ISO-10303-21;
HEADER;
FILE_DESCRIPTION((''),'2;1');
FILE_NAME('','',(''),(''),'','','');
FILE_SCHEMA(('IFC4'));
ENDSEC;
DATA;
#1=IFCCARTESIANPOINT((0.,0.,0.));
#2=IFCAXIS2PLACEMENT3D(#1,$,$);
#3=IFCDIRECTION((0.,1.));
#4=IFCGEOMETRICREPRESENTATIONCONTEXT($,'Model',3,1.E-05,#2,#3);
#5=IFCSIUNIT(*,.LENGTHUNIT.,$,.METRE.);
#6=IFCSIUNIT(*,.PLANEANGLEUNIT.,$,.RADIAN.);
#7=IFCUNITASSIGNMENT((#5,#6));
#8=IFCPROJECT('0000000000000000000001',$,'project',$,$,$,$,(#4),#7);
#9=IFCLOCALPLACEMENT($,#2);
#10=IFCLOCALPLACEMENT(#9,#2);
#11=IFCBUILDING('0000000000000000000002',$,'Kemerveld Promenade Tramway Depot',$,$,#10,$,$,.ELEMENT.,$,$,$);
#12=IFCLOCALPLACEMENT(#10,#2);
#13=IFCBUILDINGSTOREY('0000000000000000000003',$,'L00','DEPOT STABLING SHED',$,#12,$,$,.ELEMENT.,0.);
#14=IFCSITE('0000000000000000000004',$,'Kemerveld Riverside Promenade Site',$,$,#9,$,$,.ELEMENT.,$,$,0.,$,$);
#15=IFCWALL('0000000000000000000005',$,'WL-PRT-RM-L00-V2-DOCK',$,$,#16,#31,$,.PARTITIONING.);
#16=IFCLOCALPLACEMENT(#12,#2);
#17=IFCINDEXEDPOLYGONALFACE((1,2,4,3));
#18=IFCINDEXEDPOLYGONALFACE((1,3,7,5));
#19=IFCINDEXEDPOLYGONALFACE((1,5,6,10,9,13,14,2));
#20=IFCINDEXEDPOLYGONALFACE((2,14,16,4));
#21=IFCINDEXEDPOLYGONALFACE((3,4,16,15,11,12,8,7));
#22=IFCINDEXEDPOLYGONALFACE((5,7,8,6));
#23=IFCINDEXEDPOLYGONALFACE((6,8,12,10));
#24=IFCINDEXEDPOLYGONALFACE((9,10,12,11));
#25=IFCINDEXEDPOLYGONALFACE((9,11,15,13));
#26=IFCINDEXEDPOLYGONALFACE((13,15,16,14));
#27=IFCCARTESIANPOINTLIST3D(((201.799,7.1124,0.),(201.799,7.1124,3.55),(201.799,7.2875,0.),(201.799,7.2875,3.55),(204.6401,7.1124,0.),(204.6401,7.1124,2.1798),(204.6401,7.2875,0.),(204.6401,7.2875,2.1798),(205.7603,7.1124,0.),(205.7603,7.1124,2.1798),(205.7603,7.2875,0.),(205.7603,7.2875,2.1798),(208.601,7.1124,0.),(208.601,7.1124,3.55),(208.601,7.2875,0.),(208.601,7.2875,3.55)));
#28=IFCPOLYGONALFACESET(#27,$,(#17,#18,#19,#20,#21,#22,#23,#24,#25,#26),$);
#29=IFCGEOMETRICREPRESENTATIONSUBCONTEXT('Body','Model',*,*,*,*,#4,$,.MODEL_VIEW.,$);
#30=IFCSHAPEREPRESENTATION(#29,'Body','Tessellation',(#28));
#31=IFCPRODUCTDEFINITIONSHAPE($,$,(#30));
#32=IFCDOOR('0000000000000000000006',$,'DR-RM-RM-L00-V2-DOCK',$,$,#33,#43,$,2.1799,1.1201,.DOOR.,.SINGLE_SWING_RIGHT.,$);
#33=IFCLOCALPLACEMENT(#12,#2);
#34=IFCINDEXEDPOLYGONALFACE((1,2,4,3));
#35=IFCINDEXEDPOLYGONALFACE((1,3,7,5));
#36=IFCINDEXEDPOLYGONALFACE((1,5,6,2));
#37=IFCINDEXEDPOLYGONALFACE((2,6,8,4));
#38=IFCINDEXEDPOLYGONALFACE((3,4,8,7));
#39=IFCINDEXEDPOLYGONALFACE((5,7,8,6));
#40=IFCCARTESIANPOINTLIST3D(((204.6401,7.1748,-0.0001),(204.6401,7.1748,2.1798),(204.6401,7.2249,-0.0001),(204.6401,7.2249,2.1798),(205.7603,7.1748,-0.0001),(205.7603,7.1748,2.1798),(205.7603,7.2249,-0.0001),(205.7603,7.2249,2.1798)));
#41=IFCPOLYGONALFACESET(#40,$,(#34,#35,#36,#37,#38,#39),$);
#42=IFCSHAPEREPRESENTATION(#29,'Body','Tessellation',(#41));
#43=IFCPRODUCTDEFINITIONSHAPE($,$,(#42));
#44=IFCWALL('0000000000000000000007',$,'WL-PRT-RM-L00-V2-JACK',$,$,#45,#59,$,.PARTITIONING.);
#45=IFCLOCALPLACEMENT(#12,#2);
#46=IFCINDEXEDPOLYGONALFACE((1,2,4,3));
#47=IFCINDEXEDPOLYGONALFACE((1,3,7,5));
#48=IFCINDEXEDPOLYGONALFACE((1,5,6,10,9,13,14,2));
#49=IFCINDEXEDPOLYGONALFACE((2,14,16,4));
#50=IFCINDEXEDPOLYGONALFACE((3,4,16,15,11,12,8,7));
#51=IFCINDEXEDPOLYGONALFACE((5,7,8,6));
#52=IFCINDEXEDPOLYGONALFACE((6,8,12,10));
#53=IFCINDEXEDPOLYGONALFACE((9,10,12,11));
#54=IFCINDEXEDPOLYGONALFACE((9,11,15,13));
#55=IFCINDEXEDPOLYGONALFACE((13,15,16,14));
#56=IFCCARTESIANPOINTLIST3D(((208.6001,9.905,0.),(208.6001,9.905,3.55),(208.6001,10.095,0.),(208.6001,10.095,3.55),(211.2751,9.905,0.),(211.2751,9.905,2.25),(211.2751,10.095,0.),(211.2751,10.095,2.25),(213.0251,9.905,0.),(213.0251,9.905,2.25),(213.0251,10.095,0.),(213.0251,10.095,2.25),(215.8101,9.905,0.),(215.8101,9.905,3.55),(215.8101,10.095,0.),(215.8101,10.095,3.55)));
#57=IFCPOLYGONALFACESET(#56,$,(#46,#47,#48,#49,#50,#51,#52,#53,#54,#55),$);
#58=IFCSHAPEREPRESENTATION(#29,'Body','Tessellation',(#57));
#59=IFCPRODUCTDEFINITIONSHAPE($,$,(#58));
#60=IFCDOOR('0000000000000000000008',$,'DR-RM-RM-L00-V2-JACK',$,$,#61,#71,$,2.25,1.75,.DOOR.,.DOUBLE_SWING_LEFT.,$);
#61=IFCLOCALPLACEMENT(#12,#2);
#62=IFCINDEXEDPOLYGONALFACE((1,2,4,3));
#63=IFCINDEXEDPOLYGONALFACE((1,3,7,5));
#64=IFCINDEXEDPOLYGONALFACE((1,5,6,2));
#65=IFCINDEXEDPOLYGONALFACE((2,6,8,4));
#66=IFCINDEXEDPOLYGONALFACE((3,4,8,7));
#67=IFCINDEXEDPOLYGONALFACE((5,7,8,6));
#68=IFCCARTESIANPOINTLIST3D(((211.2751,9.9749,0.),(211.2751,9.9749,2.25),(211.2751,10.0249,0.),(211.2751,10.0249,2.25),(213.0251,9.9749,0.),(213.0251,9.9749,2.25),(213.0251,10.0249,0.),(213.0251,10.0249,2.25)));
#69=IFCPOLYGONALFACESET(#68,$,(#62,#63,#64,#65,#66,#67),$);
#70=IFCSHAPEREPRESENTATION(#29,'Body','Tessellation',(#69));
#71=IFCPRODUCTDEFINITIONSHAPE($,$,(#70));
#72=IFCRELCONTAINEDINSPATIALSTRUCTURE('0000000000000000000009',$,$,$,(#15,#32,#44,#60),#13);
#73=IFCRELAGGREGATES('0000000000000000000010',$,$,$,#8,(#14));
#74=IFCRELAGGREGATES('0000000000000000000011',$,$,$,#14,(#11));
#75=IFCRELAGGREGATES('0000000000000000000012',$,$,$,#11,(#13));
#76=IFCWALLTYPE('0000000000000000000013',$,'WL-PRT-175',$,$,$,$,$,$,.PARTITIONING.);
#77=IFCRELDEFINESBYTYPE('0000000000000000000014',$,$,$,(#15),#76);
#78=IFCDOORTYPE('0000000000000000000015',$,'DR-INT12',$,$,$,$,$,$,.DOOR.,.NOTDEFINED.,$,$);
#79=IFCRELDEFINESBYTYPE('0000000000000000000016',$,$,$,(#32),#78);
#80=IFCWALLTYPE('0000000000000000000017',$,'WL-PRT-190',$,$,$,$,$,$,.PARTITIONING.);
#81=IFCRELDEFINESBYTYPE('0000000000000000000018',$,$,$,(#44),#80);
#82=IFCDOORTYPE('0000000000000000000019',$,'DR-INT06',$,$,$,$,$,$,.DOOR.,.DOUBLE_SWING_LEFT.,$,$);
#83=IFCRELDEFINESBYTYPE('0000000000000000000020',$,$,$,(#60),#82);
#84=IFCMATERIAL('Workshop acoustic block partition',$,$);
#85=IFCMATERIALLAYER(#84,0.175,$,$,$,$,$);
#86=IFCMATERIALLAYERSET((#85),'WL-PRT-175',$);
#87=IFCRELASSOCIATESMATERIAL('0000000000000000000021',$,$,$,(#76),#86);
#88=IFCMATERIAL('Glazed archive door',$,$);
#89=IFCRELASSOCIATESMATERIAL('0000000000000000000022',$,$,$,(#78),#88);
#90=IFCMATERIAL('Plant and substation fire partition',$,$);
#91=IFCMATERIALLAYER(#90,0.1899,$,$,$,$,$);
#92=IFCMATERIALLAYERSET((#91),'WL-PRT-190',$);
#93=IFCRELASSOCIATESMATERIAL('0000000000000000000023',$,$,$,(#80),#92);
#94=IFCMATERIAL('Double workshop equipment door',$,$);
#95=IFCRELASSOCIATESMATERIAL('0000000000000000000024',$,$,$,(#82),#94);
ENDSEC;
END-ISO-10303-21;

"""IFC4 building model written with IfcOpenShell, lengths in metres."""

from ifc_helpers import new_model, si_unit, direction, frame, frame_2d, origin, place, context, subcontext, project, spatial, rectangle, extrude, material, layer, layer_set, type_object, element, fill, save


model = new_model("IFC4")

# Units and contexts
model_context = context("Model", 3, precision=1e-05, world=origin(), true_north=direction((0.0, 1.0)))
body_context = subcontext(model_context, "Body", "Model", "MODEL_VIEW")
ifc_project = project(units=[si_unit("LENGTHUNIT", "METRE"), si_unit("PLANEANGLEUNIT", "RADIAN")], contexts=[model_context])

# Site, building, storey
site_placement = place(None, origin())
site = spatial("IfcSite", under=ifc_project, at=site_placement, Name="Kemerveld Riverside Promenade Site", CompositionType="ELEMENT", RefElevation=0.0)
building_placement = place(site_placement, origin())
building = spatial("IfcBuilding", under=site, at=building_placement, Name="Kemerveld Promenade Tramway Depot", CompositionType="ELEMENT")
storey_placement = place(building_placement, origin())
storey = spatial("IfcBuildingStorey", under=building, at=storey_placement, Name="L00", Description="DEPOT STABLING SHED", CompositionType="ELEMENT", Elevation=0.0)

# Shared definitions
ifc_material_1 = material(Name="Workshop acoustic block partition")
ifc_layer_1 = layer(ifc_material_1, 0.175)
ifc_layer_set_1 = layer_set([ifc_layer_1], Name="WL-PRT-175")
wall_type_1 = type_object("IfcWallType", Name="WL-PRT-175", PredefinedType="PARTITIONING", material=ifc_layer_set_1)

# Walls, openings, doors
wall_1_placement = place(storey_placement, frame((201.7991, 7.2, 0.0), z_axis=(0.0, 0.0, 1.0), x_axis=(1.0, 0.0, 0.0)))
wall_1 = element("IfcWall", 1, at=wall_1_placement, inside=storey, type_object=wall_type_1, Name="WL-PRT-RM-L00-V2-DOCK", PredefinedType="PARTITIONING", context=body_context, shape_type="SweptSolid", body=[
    extrude(rectangle(XDim=6.802, YDim=0.175, at=frame_2d((3.4009, 0.0))), origin(), (0.0, 0.0, 1.0), 3.55),
])
opening_1_placement = place(wall_1_placement, frame((2.8411, 0.0, 0.0)))
opening_1 = element("IfcOpeningElement", 2, at=opening_1_placement, cuts=wall_1, PredefinedType="OPENING", context=body_context, shape_type="SweptSolid", body=[
    extrude(rectangle(XDim=1.1201, YDim=2.1799, at=frame_2d((0.5601, 1.0898))), frame((0.0, 0.0974, 0.0), z_axis=(0.0, -1.0, 0.0), x_axis=(1.0, 0.0, 0.0)), (0.0, 0.0, 1.0), 0.1951),
])
ifc_material_2 = material(Name="Glazed archive door")
door_type_1 = type_object("IfcDoorType", Name="DR-INT12", OperationType="NOTDEFINED", PredefinedType="DOOR", material=ifc_material_2)
door_1_placement = place(opening_1_placement, origin())
door_1 = element("IfcDoor", 3, at=door_1_placement, inside=storey, type_object=door_type_1, Name="DR-RM-RM-L00-V2-DOCK", OperationType="SINGLE_SWING_RIGHT", OverallHeight=2.1799, OverallWidth=1.1201, PredefinedType="DOOR", context=body_context, shape_type="SweptSolid", body=[
    extrude(rectangle(XDim=1.1201, YDim=2.1799, at=frame_2d((0.5601, 1.0898))), frame((0.0, 0.0249, 0.0), z_axis=(0.0, -1.0, 0.0), x_axis=(1.0, 0.0, 0.0)), (0.0, 0.0, 1.0), 0.05),
])
fill(opening_1, door_1)
ifc_material_3 = material(Name="Plant and substation fire partition")
ifc_layer_2 = layer(ifc_material_3, 0.1899)
ifc_layer_set_2 = layer_set([ifc_layer_2], Name="WL-PRT-190")
wall_type_2 = type_object("IfcWallType", Name="WL-PRT-190", PredefinedType="PARTITIONING", material=ifc_layer_set_2)
wall_2_placement = place(storey_placement, frame((208.6001, 10.0, 0.0), z_axis=(0.0, 0.0, 1.0), x_axis=(1.0, 0.0, 0.0)))
wall_2 = element("IfcWall", 4, at=wall_2_placement, inside=storey, type_object=wall_type_2, Name="WL-PRT-RM-L00-V2-JACK", PredefinedType="PARTITIONING", context=body_context, shape_type="SweptSolid", body=[
    extrude(rectangle(XDim=7.21, YDim=0.1899, at=frame_2d((3.605, 0.0))), origin(), (0.0, 0.0, 1.0), 3.55),
])
opening_2_placement = place(wall_2_placement, frame((2.675, 0.0, 0.0)))
opening_2 = element("IfcOpeningElement", 5, at=opening_2_placement, cuts=wall_2, PredefinedType="OPENING", context=body_context, shape_type="SweptSolid", body=[
    extrude(rectangle(XDim=1.75, YDim=2.25, at=frame_2d((0.875, 1.125))), frame((0.0, 0.105, 0.0), z_axis=(0.0, -1.0, 0.0), x_axis=(1.0, 0.0, 0.0)), (0.0, 0.0, 1.0), 0.21),
])
ifc_material_4 = material(Name="Double workshop equipment door")
door_type_2 = type_object("IfcDoorType", Name="DR-INT06", OperationType="DOUBLE_SWING_LEFT", PredefinedType="DOOR", material=ifc_material_4)
door_2_placement = place(opening_2_placement, origin())
door_2 = element("IfcDoor", 6, at=door_2_placement, inside=storey, type_object=door_type_2, Name="DR-RM-RM-L00-V2-JACK", OperationType="DOUBLE_SWING_LEFT", OverallHeight=2.25, OverallWidth=1.75, PredefinedType="DOOR", context=body_context, shape_type="SweptSolid", body=[
    extrude(rectangle(XDim=1.75, YDim=2.25, at=frame_2d((0.875, 1.125))), frame((0.0, 0.0249, 0.0), z_axis=(0.0, -1.0, 0.0), x_axis=(1.0, 0.0, 0.0)), (0.0, 0.0, 1.0), 0.05),
])
fill(opening_2, door_2)

save(model, "model.ifc")
